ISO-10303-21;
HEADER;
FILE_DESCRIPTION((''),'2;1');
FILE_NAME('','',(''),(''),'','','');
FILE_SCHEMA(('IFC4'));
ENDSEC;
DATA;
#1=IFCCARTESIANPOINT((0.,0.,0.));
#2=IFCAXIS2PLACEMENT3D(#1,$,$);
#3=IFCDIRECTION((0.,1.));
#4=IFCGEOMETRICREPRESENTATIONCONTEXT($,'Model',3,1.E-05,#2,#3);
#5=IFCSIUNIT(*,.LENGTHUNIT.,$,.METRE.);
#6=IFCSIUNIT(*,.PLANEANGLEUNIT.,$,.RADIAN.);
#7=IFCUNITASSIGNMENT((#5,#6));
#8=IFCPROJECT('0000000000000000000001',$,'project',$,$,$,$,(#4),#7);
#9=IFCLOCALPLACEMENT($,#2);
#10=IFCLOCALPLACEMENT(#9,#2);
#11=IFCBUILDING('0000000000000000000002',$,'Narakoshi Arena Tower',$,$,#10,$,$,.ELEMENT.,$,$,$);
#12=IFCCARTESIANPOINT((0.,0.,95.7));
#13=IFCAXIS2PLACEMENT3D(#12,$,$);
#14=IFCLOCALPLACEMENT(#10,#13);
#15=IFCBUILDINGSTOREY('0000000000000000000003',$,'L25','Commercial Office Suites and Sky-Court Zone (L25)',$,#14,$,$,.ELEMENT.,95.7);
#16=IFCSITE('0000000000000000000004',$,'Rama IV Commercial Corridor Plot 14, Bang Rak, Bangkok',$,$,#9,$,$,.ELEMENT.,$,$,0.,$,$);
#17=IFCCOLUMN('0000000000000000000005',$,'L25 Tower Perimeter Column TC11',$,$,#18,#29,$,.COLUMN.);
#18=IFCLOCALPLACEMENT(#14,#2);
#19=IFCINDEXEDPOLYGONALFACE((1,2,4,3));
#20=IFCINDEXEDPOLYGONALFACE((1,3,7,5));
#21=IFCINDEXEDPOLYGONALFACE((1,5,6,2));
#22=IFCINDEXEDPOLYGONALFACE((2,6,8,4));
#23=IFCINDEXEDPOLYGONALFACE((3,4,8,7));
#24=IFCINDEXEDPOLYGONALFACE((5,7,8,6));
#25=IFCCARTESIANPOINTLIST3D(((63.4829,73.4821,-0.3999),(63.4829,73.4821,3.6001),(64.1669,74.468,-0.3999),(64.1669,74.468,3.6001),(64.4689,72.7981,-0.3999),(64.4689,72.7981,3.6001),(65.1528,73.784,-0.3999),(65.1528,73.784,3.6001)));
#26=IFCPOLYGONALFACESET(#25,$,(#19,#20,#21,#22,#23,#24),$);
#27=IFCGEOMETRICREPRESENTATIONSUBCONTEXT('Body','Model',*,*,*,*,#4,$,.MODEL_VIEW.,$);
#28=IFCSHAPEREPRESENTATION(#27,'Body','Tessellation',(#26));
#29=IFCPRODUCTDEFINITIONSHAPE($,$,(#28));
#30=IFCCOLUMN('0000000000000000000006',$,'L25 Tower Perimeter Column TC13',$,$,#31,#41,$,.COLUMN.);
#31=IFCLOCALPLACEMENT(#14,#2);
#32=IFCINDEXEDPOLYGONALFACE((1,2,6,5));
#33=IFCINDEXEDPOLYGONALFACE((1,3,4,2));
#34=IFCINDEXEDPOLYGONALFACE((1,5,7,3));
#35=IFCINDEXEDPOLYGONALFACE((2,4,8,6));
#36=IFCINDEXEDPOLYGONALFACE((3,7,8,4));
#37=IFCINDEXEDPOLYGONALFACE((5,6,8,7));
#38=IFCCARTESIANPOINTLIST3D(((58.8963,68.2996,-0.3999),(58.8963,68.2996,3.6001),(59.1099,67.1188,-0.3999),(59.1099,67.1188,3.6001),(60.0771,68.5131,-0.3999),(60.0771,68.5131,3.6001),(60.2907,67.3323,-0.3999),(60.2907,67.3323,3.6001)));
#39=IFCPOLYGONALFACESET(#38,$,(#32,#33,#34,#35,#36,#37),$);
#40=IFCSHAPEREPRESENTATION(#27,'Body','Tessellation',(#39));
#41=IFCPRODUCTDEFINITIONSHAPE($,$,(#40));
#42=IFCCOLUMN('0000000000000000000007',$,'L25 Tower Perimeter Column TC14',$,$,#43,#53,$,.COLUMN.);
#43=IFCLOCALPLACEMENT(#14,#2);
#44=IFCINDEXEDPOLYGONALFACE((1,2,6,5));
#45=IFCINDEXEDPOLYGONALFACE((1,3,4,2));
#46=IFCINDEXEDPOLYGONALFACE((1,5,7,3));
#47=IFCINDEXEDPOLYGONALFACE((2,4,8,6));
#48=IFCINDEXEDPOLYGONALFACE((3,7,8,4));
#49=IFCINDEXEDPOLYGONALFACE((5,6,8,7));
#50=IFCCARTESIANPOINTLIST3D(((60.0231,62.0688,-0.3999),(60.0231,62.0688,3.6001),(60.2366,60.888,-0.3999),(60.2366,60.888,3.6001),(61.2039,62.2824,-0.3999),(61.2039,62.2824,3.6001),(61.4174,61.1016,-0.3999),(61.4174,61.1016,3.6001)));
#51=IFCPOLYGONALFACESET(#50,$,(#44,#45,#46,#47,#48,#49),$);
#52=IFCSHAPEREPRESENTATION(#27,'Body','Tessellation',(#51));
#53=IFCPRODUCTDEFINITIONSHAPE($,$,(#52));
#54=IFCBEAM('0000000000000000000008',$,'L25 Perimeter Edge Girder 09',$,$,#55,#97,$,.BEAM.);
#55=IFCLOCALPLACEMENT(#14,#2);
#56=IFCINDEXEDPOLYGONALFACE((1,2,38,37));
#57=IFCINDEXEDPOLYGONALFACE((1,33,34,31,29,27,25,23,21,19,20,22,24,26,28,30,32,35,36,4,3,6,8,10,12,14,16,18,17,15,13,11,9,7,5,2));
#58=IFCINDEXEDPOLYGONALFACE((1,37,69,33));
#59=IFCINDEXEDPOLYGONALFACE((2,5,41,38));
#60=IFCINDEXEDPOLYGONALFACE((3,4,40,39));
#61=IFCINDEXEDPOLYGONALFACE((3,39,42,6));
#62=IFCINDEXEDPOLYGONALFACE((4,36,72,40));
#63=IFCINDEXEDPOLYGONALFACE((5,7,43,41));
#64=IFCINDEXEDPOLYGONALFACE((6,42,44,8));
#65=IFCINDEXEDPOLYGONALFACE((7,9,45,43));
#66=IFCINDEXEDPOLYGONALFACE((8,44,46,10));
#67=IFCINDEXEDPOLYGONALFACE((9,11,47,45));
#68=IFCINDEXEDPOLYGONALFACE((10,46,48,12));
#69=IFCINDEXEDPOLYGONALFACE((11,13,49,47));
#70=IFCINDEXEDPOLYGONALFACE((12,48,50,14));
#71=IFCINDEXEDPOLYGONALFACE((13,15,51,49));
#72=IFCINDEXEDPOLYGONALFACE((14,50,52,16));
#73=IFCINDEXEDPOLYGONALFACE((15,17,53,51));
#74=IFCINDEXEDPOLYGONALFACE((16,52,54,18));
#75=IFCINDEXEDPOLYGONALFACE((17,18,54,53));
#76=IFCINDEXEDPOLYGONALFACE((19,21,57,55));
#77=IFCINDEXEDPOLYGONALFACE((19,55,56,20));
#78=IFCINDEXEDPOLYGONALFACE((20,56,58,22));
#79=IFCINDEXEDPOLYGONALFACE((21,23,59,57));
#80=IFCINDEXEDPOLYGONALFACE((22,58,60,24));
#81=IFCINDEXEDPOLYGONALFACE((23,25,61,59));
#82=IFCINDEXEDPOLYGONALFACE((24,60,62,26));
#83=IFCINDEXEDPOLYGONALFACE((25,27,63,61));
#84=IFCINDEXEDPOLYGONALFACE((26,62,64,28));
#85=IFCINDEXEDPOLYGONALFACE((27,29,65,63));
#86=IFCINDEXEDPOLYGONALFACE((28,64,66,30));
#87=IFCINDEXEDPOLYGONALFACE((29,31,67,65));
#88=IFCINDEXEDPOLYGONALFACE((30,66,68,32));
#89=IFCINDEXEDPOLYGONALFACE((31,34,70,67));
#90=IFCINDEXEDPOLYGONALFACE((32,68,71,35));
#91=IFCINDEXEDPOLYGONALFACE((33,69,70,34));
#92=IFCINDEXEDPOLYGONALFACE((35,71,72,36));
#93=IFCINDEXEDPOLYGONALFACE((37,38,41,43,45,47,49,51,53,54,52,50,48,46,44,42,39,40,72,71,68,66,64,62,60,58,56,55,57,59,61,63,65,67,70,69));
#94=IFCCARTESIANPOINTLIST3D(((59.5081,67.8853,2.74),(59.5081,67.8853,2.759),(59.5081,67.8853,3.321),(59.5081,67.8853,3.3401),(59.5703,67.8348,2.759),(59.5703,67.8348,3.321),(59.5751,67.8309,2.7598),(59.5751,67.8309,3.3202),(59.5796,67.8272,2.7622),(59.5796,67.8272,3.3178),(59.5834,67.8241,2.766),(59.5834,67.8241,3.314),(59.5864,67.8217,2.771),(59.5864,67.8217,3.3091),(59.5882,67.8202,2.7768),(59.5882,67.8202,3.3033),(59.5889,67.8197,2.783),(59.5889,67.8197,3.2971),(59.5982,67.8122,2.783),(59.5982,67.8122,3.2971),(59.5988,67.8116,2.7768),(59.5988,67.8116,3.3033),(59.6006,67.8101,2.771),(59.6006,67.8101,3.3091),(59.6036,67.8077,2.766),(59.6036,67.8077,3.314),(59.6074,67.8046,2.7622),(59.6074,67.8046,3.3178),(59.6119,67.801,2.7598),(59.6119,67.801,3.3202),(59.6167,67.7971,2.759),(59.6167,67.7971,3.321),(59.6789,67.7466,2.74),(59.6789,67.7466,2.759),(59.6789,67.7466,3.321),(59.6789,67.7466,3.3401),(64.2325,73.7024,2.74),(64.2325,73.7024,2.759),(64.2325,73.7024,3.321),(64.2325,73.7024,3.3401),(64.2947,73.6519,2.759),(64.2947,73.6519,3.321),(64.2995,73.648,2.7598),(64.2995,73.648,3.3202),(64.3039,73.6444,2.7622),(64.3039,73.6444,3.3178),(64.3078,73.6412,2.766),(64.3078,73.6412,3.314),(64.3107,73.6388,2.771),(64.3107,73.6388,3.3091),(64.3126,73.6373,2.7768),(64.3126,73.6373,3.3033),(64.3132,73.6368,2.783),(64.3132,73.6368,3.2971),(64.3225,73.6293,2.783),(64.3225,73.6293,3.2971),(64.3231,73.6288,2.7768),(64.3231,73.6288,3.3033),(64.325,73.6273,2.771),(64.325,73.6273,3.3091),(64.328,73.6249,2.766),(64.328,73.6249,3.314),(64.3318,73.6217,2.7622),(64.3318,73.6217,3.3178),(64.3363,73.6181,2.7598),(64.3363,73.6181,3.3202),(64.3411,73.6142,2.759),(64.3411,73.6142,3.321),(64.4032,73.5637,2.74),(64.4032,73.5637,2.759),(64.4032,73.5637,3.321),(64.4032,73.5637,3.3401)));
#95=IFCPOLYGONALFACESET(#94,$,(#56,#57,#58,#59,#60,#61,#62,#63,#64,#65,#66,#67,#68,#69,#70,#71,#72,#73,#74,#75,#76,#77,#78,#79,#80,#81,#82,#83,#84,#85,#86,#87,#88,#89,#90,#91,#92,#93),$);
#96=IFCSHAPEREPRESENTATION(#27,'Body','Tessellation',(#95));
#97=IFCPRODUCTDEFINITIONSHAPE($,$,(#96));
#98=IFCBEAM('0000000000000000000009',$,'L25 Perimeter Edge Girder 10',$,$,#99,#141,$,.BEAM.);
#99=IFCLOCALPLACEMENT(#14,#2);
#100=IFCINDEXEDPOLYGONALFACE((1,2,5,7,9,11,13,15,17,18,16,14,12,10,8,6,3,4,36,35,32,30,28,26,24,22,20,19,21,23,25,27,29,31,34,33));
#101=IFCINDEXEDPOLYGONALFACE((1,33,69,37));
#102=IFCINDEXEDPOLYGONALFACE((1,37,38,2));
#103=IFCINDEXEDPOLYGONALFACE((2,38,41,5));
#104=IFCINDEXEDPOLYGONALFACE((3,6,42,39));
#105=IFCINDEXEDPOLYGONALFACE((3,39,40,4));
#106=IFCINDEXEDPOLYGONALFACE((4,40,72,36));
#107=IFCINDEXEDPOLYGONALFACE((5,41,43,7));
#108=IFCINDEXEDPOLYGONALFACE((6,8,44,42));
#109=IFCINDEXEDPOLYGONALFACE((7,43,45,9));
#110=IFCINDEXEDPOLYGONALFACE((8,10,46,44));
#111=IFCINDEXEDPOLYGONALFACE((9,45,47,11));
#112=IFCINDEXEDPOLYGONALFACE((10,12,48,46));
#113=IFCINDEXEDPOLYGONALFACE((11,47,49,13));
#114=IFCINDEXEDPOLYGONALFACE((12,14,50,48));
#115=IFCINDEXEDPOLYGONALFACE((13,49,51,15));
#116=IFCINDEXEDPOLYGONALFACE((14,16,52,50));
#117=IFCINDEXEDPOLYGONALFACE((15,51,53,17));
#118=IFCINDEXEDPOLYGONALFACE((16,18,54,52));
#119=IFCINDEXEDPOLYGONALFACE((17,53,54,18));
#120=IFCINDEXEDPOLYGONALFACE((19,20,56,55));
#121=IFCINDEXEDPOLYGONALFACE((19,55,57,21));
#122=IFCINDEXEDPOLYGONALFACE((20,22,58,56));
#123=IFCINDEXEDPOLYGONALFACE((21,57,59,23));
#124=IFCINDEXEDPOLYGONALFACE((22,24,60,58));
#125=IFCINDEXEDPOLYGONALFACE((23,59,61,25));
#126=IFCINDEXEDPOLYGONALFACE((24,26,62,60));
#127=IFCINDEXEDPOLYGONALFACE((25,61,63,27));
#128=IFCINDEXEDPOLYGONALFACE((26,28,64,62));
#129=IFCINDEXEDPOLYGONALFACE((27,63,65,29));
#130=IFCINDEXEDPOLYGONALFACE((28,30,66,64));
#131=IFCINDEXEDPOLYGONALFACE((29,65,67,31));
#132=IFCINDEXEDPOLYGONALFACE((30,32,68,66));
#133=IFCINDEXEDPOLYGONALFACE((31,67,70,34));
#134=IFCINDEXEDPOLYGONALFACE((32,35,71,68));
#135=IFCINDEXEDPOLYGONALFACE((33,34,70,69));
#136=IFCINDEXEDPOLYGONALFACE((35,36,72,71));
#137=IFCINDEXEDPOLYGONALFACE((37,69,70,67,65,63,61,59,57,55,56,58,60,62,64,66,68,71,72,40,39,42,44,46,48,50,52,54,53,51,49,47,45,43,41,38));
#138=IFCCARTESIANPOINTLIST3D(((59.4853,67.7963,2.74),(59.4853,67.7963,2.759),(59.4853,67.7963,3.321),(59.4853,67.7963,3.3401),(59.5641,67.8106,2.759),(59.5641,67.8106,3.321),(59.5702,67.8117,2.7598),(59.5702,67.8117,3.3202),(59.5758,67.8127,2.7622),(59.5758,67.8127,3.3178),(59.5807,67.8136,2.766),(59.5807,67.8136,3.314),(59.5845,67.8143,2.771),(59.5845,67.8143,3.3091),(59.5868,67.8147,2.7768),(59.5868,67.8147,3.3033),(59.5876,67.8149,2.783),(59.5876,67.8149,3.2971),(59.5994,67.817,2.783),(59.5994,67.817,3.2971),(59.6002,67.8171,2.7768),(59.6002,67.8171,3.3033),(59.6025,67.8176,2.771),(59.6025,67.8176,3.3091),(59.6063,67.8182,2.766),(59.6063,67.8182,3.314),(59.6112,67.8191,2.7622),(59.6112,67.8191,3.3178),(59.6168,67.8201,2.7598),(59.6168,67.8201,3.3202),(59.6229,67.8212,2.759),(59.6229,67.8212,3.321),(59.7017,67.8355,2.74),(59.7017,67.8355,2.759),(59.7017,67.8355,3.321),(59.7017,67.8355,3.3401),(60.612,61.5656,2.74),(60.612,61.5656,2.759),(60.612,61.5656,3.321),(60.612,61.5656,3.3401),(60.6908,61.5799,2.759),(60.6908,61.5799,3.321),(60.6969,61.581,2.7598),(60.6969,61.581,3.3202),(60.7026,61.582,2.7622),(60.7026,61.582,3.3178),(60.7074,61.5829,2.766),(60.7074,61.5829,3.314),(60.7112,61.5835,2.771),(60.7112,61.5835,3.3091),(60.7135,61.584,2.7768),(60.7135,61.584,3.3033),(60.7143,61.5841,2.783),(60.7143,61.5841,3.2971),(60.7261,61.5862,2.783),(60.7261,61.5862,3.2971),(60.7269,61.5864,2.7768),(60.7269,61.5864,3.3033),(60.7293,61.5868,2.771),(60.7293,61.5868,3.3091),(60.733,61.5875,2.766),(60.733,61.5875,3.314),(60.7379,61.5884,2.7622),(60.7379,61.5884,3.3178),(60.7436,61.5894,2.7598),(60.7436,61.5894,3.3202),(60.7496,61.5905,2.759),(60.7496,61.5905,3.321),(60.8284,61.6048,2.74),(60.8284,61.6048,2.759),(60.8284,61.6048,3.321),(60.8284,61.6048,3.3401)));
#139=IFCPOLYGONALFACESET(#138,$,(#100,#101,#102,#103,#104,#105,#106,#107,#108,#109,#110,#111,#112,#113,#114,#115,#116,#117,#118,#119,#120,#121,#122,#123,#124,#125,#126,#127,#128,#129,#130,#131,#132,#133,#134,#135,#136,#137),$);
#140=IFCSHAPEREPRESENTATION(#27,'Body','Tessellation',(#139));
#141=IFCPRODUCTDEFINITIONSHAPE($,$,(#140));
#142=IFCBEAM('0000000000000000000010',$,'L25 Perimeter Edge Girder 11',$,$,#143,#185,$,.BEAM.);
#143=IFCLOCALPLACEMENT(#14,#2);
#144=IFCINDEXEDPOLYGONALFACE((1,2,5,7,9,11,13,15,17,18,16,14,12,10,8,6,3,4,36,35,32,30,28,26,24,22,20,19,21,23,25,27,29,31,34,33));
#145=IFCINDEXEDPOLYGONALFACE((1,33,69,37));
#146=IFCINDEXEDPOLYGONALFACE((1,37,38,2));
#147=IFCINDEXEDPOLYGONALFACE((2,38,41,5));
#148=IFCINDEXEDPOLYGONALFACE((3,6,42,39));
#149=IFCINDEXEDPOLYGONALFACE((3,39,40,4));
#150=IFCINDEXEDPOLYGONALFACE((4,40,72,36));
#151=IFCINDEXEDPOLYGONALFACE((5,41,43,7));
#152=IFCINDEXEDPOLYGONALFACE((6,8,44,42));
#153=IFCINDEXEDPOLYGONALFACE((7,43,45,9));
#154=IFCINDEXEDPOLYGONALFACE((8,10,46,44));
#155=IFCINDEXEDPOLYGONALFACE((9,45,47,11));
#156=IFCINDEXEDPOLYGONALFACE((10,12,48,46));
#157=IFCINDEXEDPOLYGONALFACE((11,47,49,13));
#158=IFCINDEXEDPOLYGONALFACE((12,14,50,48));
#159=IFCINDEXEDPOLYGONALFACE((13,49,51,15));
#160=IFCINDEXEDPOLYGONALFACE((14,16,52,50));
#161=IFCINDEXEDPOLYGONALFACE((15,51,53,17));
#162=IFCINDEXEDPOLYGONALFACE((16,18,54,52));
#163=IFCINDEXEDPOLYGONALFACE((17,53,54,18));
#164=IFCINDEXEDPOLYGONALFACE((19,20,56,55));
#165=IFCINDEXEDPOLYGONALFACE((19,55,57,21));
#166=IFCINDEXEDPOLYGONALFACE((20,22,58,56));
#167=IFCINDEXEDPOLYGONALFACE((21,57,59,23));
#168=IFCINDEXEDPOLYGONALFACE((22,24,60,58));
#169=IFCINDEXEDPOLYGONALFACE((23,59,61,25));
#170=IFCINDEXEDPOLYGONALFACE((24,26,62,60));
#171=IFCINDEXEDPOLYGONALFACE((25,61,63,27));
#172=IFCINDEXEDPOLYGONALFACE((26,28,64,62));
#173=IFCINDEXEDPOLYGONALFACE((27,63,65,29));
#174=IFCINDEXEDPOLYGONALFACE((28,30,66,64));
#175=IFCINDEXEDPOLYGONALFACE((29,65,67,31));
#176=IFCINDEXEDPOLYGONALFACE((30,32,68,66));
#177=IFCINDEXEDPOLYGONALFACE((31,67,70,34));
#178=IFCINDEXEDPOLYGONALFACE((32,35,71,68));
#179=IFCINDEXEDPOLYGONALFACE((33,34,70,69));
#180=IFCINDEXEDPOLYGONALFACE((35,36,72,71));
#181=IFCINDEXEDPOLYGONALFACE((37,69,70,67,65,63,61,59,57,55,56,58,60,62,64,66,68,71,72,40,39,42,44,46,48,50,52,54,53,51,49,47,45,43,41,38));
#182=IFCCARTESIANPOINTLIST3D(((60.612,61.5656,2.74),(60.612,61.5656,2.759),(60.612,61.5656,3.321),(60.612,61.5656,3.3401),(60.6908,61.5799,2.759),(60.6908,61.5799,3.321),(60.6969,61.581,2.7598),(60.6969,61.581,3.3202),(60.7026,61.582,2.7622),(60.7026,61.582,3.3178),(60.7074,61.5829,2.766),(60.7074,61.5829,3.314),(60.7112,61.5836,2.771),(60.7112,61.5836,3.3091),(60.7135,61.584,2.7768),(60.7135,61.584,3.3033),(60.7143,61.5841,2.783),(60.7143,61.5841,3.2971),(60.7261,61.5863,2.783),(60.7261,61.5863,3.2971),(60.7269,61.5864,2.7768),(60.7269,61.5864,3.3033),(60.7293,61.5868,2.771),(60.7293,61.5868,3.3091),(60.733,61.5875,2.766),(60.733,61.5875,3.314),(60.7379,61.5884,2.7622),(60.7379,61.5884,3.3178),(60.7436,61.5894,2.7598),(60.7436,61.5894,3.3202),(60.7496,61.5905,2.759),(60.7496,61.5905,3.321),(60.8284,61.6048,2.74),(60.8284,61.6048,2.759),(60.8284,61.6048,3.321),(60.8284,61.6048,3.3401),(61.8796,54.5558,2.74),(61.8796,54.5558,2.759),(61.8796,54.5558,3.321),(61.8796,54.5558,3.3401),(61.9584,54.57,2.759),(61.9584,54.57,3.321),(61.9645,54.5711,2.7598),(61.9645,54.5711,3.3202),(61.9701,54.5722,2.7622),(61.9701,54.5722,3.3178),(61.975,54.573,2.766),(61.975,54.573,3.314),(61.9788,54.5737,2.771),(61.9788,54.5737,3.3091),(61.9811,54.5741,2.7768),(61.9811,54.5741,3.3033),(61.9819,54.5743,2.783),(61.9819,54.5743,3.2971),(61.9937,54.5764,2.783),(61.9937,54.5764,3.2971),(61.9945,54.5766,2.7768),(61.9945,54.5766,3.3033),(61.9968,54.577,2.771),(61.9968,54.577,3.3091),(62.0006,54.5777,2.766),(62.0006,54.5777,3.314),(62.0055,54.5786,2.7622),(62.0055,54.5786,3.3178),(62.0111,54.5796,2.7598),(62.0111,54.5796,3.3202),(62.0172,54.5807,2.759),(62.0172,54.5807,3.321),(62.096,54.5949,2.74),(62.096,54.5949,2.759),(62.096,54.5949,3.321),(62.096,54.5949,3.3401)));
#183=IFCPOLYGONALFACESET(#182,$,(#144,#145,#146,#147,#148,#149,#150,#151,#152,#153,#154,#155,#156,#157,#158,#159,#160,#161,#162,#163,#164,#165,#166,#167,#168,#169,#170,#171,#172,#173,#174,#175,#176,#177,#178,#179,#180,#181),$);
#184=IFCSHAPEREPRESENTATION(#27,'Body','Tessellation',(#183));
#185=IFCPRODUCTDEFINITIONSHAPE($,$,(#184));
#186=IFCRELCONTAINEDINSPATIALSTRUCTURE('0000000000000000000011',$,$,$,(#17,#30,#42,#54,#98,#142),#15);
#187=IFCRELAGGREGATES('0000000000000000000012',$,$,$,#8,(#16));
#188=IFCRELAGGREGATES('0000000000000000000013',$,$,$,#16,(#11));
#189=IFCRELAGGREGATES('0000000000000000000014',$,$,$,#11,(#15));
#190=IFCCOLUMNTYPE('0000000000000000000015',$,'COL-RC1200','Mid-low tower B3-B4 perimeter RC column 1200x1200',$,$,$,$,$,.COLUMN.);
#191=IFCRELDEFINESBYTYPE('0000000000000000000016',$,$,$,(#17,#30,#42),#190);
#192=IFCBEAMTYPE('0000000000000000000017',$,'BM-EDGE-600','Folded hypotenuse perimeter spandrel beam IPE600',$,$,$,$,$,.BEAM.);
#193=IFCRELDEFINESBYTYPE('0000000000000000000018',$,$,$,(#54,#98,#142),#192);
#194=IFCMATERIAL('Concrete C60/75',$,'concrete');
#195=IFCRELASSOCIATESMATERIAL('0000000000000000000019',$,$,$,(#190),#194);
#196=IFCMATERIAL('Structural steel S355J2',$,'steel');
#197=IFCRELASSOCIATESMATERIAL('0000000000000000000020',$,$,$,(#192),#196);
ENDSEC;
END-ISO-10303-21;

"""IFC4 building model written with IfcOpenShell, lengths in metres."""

from ifc_helpers import new_model, si_unit, direction, frame, origin, origin_2d, place, context, subcontext, project, spatial, rectangle, i_section, extrude, material, material_profile, profile_set, type_object, element, save


model = new_model("IFC4")

# Units and contexts
model_context = context("Model", 3, precision=1e-05, world=origin(), true_north=direction((0.0, 1.0)))
body_context = subcontext(model_context, "Body", "Model", "MODEL_VIEW")
ifc_project = project(units=[si_unit("LENGTHUNIT", "METRE"), si_unit("PLANEANGLEUNIT", "RADIAN")], contexts=[model_context])

# Site, building, storey
site_placement = place(None, origin())
site = spatial("IfcSite", under=ifc_project, at=site_placement, Name="Rama IV Commercial Corridor Plot 14, Bang Rak, Bangkok", CompositionType="ELEMENT", RefElevation=0.0)
building_placement = place(site_placement, origin())
building = spatial("IfcBuilding", under=site, at=building_placement, Name="Narakoshi Arena Tower", CompositionType="ELEMENT")
storey_placement = place(building_placement, frame((0.0, 0.0, 95.7)))
storey = spatial("IfcBuildingStorey", under=building, at=storey_placement, Name="L25", Description="Commercial Office Suites and Sky-Court Zone (L25)", CompositionType="ELEMENT", Elevation=95.7)

# Columns
ifc_material_1 = material(Name="Concrete C60/75", Category="concrete")
ifc_material_profile_1 = material_profile(ifc_material_1, rectangle(XDim=1.2, YDim=1.2, at=origin_2d()), Name="RC1200x1200")
ifc_profile_set_1 = profile_set([ifc_material_profile_1], Name="Concrete C60/75")
column_type = type_object("IfcColumnType", Name="COL-RC1200", Description="Mid-low tower B3-B4 perimeter RC column 1200x1200", PredefinedType="COLUMN", material=ifc_profile_set_1)
for number, where, z_axis, x_axis, name in (
    (1, (64.3179, 73.6331, -0.3999), (0.0, 0.0, 1.0), (0.569997, 0.821647, 0.0), "L25 Tower Perimeter Column TC11"),
    (2, (59.5935, 67.8159, -0.3999), (0.0, 0.0, 1.0), (-0.177944, 0.984041, 0.0), "L25 Tower Perimeter Column TC13"),
    (3, (60.7202, 61.5852, -0.3999), (0.0, 0.0, 1.0), (-0.177944, 0.984041, 0.0), "L25 Tower Perimeter Column TC14"),
):
    element("IfcColumn", number, at=place(storey_placement, frame(where, z_axis=z_axis, x_axis=x_axis)), inside=storey, type_object=column_type, Name=name, PredefinedType="COLUMN", context=body_context, shape_type="SweptSolid", body=[
        extrude(rectangle(XDim=1.2, YDim=1.2, at=origin_2d()), origin(), (0.0, 0.0, 1.0), 4.0),
    ])

# Beams
ifc_material_2 = material(Name="Structural steel S355J2", Category="steel")
ifc_material_profile_2 = material_profile(ifc_material_2, i_section(OverallWidth=0.22, OverallDepth=0.6001, WebThickness=0.012, FlangeThickness=0.019, FilletRadius=0.0239, at=origin_2d()), Name="IPE600")
ifc_profile_set_2 = profile_set([ifc_material_profile_2], Name="Structural steel S355J2")
beam_type_1 = type_object("IfcBeamType", Name="BM-EDGE-600", Description="Folded hypotenuse perimeter spandrel beam IPE600", PredefinedType="BEAM", material=ifc_profile_set_2)
beam_1_placement = place(storey_placement, frame((64.3179, 73.6331, 3.04), z_axis=(-0.630427, -0.776249, 0.0), x_axis=(0.776249, -0.630427, 0.0)))
element("IfcBeam", 4, at=beam_1_placement, inside=storey, type_object=beam_type_1, Name="L25 Perimeter Edge Girder 09", PredefinedType="BEAM", context=body_context, shape_type="SweptSolid", body=[
    extrude(i_section(OverallWidth=0.22, OverallDepth=0.6001, WebThickness=0.012, FlangeThickness=0.019, FilletRadius=0.0239, at=origin_2d()), origin(), (0.0, 0.0, 1.0), 7.4939),
])
beam_2_placement = place(storey_placement, frame((59.5935, 67.8159, 3.04), z_axis=(0.177945, -0.98404, 0.0), x_axis=(0.98404, 0.177945, 0.0)))
element("IfcBeam", 5, at=beam_2_placement, inside=storey, type_object=beam_type_1, Name="L25 Perimeter Edge Girder 10", PredefinedType="BEAM", context=body_context, shape_type="SweptSolid", body=[
    extrude(i_section(OverallWidth=0.22, OverallDepth=0.6001, WebThickness=0.012, FlangeThickness=0.019, FilletRadius=0.0239, at=origin_2d()), origin(), (0.0, 0.0, 1.0), 6.3318),
])
beam_3_placement = place(storey_placement, frame((60.7202, 61.5852, 3.04), z_axis=(0.177944, -0.984041, 0.0), x_axis=(0.984041, 0.177944, 0.0)))
element("IfcBeam", 6, at=beam_3_placement, inside=storey, type_object=beam_type_1, Name="L25 Perimeter Edge Girder 11", PredefinedType="BEAM", context=body_context, shape_type="SweptSolid", body=[
    extrude(i_section(OverallWidth=0.22, OverallDepth=0.6001, WebThickness=0.012, FlangeThickness=0.019, FilletRadius=0.0239, at=origin_2d()), origin(), (0.0, 0.0, 1.0), 7.1235),
])

save(model, "model.ifc")
